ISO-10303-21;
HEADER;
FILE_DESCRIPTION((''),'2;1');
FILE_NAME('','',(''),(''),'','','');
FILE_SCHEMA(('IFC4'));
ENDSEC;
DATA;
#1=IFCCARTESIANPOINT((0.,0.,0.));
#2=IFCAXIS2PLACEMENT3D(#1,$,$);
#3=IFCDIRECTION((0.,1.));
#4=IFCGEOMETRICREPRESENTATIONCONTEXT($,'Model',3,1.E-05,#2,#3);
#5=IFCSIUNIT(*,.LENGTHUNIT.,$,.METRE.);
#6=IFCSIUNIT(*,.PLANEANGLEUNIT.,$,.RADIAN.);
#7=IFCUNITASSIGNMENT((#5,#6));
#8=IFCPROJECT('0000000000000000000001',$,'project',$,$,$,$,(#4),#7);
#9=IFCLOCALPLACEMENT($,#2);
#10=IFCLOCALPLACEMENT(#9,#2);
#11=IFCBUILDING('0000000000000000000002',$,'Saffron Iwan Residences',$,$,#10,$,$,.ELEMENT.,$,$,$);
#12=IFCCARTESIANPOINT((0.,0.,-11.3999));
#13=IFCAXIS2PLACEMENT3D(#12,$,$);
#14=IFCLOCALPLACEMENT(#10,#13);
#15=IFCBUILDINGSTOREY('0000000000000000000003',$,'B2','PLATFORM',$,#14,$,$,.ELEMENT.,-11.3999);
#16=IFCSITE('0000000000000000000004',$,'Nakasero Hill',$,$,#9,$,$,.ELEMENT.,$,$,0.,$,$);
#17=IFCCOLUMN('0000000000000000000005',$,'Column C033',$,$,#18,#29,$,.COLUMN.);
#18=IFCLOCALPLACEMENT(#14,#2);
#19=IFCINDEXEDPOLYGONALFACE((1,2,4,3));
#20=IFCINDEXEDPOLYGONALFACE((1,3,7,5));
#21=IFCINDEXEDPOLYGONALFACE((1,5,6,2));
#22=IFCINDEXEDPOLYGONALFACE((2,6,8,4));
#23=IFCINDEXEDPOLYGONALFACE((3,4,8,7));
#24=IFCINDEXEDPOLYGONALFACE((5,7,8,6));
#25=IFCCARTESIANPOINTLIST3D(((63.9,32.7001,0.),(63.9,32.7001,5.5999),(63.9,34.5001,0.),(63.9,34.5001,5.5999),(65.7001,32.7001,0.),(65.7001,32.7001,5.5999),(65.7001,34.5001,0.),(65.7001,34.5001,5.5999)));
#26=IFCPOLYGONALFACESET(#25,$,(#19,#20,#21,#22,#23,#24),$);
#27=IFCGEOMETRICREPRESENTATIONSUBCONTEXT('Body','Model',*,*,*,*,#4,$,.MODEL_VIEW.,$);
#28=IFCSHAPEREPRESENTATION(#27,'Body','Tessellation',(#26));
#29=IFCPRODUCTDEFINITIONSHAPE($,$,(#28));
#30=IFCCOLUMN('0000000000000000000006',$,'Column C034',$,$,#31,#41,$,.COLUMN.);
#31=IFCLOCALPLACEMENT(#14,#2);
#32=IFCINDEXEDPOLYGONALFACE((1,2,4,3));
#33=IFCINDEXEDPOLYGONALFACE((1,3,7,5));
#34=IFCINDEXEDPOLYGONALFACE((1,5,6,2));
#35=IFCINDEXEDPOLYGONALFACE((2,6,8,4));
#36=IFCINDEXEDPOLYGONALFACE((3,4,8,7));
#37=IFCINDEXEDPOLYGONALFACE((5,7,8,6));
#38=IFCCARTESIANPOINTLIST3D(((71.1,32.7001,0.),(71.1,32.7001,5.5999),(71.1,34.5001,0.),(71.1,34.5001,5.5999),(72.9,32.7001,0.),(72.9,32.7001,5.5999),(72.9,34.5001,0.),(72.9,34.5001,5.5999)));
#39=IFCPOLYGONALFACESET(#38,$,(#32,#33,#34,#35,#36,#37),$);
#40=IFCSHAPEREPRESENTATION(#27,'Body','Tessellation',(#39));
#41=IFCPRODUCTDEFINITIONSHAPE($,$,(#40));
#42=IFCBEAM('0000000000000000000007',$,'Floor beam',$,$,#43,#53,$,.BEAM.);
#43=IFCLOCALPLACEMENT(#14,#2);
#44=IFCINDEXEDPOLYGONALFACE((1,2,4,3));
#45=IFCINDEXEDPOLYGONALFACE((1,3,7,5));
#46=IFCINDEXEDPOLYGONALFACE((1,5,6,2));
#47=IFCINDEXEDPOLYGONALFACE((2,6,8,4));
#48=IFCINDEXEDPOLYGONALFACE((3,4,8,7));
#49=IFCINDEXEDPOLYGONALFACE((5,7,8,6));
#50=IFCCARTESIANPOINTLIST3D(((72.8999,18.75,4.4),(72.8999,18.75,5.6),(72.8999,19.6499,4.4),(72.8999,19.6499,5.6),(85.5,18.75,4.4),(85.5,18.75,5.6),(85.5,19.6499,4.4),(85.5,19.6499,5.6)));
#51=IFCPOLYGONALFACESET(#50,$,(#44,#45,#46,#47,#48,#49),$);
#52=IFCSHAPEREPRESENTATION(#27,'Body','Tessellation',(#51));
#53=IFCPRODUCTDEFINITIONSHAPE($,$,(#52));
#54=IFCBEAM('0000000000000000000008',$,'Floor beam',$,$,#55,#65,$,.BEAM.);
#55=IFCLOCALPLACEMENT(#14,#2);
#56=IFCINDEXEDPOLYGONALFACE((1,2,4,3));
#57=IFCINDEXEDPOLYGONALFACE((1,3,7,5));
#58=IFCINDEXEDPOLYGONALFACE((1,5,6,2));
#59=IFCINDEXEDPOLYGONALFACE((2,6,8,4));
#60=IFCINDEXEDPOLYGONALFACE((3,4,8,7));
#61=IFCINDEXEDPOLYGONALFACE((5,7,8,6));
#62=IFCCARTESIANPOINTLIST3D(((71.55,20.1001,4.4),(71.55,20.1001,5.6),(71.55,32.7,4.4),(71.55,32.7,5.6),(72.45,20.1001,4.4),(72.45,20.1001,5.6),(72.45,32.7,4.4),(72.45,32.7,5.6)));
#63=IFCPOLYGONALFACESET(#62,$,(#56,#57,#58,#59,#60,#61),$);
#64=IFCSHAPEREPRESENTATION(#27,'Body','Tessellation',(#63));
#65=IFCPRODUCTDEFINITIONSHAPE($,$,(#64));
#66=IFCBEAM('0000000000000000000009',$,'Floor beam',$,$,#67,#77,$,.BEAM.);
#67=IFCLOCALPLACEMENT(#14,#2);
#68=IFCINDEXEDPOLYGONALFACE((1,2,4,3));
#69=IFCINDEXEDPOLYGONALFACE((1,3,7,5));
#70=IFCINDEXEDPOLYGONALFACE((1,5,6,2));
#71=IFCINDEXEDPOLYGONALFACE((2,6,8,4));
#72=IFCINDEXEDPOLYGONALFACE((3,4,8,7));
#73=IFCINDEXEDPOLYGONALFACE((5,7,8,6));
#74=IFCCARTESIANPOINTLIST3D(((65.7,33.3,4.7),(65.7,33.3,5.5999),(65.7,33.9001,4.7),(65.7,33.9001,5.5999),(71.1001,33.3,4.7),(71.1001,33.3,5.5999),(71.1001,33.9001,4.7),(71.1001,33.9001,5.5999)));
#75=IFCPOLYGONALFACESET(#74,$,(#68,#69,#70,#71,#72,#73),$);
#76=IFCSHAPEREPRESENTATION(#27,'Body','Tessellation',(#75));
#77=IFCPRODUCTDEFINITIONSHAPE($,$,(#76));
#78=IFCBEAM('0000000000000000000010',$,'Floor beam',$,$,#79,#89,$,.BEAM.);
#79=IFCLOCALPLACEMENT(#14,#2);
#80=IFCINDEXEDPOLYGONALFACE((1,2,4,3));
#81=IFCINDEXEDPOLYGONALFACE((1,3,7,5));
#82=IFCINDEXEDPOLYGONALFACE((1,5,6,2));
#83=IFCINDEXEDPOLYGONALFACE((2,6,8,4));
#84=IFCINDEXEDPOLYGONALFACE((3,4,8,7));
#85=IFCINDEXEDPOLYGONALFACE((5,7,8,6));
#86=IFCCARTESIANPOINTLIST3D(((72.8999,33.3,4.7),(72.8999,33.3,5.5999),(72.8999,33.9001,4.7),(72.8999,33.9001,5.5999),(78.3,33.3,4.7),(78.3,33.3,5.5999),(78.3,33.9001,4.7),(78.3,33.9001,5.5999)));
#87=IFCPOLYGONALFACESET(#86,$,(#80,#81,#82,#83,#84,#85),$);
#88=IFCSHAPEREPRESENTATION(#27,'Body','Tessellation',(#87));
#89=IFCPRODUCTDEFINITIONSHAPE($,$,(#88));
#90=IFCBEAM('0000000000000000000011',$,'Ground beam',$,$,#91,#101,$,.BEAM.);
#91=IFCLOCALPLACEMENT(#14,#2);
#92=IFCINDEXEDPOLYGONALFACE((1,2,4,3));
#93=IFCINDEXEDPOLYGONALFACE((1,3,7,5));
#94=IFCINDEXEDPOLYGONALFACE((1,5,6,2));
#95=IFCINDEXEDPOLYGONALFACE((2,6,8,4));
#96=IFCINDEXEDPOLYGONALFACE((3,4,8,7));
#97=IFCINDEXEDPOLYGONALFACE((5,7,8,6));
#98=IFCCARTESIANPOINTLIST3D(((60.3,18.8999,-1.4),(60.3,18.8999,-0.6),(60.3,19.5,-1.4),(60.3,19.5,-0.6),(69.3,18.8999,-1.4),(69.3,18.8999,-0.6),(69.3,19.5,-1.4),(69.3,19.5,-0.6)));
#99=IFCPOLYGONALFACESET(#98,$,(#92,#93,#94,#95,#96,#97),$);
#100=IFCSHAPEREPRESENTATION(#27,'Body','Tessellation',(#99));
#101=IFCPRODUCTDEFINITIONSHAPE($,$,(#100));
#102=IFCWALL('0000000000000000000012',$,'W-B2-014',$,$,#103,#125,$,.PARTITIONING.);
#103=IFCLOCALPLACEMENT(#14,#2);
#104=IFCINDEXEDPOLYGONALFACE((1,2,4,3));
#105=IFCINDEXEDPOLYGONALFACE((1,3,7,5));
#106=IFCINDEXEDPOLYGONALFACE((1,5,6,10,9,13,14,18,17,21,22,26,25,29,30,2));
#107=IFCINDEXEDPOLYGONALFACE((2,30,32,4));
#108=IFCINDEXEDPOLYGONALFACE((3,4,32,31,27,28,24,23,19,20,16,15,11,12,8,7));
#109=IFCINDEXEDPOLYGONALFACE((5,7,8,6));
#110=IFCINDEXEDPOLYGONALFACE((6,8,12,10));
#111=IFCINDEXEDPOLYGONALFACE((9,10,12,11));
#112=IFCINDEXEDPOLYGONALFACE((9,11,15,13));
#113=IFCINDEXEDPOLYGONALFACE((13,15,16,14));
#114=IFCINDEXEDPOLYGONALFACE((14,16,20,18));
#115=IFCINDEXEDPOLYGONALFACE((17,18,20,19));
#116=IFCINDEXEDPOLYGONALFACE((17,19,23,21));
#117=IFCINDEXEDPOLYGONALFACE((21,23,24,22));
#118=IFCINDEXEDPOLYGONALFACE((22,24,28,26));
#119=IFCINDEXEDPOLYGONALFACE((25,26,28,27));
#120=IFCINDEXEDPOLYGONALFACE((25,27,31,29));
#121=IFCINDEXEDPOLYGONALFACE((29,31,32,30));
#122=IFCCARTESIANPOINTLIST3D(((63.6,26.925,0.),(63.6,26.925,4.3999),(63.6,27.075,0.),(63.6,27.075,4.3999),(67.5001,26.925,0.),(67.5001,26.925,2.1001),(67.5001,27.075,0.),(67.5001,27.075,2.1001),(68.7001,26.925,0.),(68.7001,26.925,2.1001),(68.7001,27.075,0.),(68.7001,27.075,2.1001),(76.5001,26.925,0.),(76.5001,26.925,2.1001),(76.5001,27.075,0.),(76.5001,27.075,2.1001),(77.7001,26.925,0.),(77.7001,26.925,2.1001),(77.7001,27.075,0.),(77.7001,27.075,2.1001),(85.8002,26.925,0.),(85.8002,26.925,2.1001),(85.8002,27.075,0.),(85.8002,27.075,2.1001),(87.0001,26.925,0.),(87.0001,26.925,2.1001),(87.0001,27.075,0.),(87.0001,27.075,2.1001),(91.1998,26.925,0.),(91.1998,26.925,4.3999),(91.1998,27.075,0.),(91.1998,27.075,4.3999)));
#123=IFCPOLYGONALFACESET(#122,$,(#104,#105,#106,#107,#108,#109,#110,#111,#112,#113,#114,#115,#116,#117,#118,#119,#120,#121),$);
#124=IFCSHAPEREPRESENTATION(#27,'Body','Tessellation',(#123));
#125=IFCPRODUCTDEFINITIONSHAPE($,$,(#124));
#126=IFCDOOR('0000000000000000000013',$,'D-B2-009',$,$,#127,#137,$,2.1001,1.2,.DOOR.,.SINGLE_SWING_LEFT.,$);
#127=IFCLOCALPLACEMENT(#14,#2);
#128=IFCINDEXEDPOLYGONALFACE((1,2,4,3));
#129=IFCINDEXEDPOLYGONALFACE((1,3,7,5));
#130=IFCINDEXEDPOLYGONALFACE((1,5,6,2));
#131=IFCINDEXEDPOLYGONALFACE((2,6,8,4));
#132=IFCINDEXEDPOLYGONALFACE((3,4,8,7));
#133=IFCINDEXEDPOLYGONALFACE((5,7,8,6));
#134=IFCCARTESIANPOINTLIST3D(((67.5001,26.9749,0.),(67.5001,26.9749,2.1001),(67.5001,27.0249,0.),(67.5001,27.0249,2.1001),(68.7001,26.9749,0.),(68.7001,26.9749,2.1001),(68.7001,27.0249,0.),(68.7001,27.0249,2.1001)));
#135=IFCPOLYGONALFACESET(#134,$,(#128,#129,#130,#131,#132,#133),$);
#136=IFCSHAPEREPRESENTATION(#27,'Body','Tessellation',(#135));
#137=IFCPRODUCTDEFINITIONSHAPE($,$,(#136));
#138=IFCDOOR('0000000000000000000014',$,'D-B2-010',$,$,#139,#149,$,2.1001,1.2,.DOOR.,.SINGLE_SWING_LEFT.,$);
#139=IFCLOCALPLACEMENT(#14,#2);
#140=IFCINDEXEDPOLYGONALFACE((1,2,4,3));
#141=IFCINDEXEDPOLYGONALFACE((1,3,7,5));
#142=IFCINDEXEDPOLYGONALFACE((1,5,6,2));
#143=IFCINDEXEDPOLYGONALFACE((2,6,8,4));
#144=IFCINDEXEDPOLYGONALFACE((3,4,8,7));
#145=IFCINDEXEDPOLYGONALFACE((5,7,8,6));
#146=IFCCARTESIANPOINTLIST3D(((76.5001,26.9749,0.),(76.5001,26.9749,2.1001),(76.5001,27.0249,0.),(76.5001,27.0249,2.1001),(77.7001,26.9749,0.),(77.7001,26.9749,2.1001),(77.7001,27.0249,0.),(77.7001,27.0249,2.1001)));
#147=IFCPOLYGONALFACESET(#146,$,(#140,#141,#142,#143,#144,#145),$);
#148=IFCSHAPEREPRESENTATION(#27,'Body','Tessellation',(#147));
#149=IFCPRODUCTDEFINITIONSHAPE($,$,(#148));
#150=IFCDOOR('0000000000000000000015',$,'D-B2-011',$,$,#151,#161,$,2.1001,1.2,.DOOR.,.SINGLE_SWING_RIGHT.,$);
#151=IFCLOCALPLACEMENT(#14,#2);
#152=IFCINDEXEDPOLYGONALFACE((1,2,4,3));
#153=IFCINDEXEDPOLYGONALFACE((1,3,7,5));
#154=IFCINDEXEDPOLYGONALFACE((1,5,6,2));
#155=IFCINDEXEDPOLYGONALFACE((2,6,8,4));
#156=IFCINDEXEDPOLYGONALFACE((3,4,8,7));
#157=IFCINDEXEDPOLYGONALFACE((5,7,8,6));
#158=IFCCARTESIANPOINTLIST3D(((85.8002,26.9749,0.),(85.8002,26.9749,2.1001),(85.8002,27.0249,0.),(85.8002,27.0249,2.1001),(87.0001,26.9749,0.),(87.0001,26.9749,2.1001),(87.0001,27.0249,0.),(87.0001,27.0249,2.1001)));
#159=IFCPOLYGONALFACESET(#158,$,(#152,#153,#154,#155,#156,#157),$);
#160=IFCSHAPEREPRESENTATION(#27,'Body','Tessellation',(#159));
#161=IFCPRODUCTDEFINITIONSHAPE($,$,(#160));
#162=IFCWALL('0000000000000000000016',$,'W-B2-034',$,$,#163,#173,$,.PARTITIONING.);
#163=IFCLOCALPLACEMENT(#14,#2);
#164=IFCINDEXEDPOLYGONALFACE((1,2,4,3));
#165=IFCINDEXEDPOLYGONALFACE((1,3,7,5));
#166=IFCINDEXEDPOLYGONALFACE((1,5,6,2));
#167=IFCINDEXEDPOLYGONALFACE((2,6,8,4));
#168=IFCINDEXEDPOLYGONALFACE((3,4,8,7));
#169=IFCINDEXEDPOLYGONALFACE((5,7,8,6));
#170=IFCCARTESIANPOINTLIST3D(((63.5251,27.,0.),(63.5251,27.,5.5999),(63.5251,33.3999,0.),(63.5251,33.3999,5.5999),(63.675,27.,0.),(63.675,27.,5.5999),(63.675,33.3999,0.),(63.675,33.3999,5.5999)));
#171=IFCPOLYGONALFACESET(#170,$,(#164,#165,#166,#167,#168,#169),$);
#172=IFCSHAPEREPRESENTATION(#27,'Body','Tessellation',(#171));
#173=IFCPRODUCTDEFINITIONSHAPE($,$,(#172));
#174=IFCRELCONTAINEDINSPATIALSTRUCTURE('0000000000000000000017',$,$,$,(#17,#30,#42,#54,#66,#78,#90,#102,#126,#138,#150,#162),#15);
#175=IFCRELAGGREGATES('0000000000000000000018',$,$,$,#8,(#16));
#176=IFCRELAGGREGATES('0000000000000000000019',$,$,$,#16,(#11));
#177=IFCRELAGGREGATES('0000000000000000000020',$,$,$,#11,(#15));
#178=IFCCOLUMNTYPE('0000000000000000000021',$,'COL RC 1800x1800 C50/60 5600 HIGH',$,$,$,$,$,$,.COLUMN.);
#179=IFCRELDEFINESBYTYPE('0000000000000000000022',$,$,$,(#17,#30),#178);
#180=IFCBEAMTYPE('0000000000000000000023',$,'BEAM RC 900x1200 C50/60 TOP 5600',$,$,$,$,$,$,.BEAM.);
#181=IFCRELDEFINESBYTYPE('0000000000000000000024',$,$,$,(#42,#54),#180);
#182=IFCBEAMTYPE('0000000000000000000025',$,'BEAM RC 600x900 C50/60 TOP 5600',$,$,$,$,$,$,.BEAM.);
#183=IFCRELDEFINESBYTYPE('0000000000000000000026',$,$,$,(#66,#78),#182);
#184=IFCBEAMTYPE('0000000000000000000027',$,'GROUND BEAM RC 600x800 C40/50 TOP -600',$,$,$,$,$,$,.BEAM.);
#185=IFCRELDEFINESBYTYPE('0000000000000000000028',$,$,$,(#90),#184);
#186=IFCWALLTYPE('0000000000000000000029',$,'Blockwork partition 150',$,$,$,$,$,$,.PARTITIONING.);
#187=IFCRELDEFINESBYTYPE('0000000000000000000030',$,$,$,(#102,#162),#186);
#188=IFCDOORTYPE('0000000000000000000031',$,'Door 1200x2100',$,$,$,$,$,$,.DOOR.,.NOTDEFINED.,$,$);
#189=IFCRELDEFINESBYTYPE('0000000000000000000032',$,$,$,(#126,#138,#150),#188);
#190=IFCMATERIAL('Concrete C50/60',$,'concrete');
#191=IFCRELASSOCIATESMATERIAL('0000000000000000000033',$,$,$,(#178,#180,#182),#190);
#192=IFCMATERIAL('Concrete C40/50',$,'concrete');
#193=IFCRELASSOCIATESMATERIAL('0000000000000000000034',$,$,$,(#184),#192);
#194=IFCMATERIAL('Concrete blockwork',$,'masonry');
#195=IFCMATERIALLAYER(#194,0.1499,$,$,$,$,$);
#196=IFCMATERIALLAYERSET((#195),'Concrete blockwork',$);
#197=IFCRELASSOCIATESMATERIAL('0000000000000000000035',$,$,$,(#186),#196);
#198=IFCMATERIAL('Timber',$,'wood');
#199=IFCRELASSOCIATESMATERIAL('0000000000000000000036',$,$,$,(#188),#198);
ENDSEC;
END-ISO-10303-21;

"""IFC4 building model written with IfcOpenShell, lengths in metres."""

from ifc_helpers import new_model, si_unit, direction, frame, frame_2d, origin, origin_2d, place, context, subcontext, project, spatial, rectangle, extrude, source, transform, mapped, material, layer, layer_set, material_profile, profile_set, type_object, element, fill, save


model = new_model("IFC4")

# Units and contexts
model_context = context("Model", 3, precision=1e-05, world=origin(), true_north=direction((0.0, 1.0)))
body_context = subcontext(model_context, "Body", "Model", "MODEL_VIEW")
ifc_project = project(units=[si_unit("LENGTHUNIT", "METRE"), si_unit("PLANEANGLEUNIT", "RADIAN")], contexts=[model_context])

# Site, building, storey
site_placement = place(None, origin())
site = spatial("IfcSite", under=ifc_project, at=site_placement, Name="Nakasero Hill", CompositionType="ELEMENT", RefElevation=0.0)
building_placement = place(site_placement, origin())
building = spatial("IfcBuilding", under=site, at=building_placement, Name="Saffron Iwan Residences", CompositionType="ELEMENT")
storey_placement = place(building_placement, frame((0.0, 0.0, -11.3999)))
storey = spatial("IfcBuildingStorey", under=building, at=storey_placement, Name="B2", Description="PLATFORM", CompositionType="ELEMENT", Elevation=-11.3999)

# Shared definitions
ifc_material_1 = material(Name="Concrete C40/50", Category="concrete")

# Columns
ifc_material_2 = material(Name="Concrete C50/60", Category="concrete")
ifc_material_profile_1 = material_profile(ifc_material_2, rectangle(XDim=1.8, YDim=1.8, at=origin_2d()), Name="RC 1800x1800")
ifc_profile_set_1 = profile_set([ifc_material_profile_1], Name="Concrete C50/60")
column_type = type_object("IfcColumnType", Name="COL RC 1800x1800 C50/60 5600 HIGH", PredefinedType="COLUMN", material=ifc_profile_set_1)
shared_shape_1 = source(origin(), body_context, "Body", "SweptSolid", [
    extrude(rectangle(XDim=1.8, YDim=1.8, at=origin_2d()), origin(), (0.0, 0.0, 1.0), 5.5999),
])
for number, where, z_axis, x_axis, name in (
    (1, (64.8, 33.6001, 0.0), (0.0, 0.0, 1.0), (1.0, 0.0, 0.0), "Column C033"),
    (2, (72.0, 33.6001, 0.0), (0.0, 0.0, 1.0), (1.0, 0.0, 0.0), "Column C034"),
):
    element("IfcColumn", number, at=place(storey_placement, frame(where, z_axis=z_axis, x_axis=x_axis)), inside=storey, type_object=column_type, Name=name, PredefinedType="COLUMN", context=body_context, shape_type="MappedRepresentation", body=[
        mapped(shared_shape_1, transform((0.0, 0.0, 0.0))),
    ])

# Beams
ifc_material_profile_2 = material_profile(ifc_material_2, rectangle(XDim=0.8999, YDim=1.2, at=origin_2d()), Name="RC 900x1200")
ifc_profile_set_2 = profile_set([ifc_material_profile_2], Name="Concrete C50/60")
beam_type_1 = type_object("IfcBeamType", Name="BEAM RC 900x1200 C50/60 TOP 5600", PredefinedType="BEAM", material=ifc_profile_set_2)
shared_shape_2 = source(origin(), body_context, "Body", "SweptSolid", [
    extrude(rectangle(XDim=0.8999, YDim=1.2, at=origin_2d()), origin(), (0.0, 0.0, 1.0), 12.6001),
])
beam_1_placement = place(storey_placement, frame((72.8999, 19.2, 5.0), z_axis=(1.0, 0.0, 0.0), x_axis=(0.0, 1.0, 0.0)))
element("IfcBeam", 3, at=beam_1_placement, inside=storey, type_object=beam_type_1, Name="Floor beam", PredefinedType="BEAM", context=body_context, shape_type="MappedRepresentation", body=[
    mapped(shared_shape_2, transform((0.0, 0.0, 0.0))),
])
shared_shape_3 = source(origin(), body_context, "Body", "SweptSolid", [
    extrude(rectangle(XDim=0.8999, YDim=1.2, at=origin_2d()), origin(), (0.0, 0.0, 1.0), 12.5999),
])
beam_2_placement = place(storey_placement, frame((72.0, 20.1001, 5.0), z_axis=(0.0, 1.0, 0.0), x_axis=(-1.0, 0.0, 0.0)))
element("IfcBeam", 4, at=beam_2_placement, inside=storey, type_object=beam_type_1, Name="Floor beam", PredefinedType="BEAM", context=body_context, shape_type="MappedRepresentation", body=[
    mapped(shared_shape_3, transform((0.0, 0.0, 0.0))),
])
ifc_material_profile_3 = material_profile(ifc_material_2, rectangle(XDim=0.6001, YDim=0.8999, at=origin_2d()), Name="RC 600x900")
ifc_profile_set_3 = profile_set([ifc_material_profile_3], Name="Concrete C50/60")
beam_type_2 = type_object("IfcBeamType", Name="BEAM RC 600x900 C50/60 TOP 5600", PredefinedType="BEAM", material=ifc_profile_set_3)
shared_shape_4 = source(origin(), body_context, "Body", "SweptSolid", [
    extrude(rectangle(XDim=0.6001, YDim=0.8999, at=origin_2d()), origin(), (0.0, 0.0, 1.0), 5.4001),
])
for number, where, z_axis, x_axis, name in (
    (5, (65.7, 33.6001, 5.1499), (1.0, 0.0, 0.0), (0.0, 1.0, 0.0), "Floor beam"),
    (6, (72.8999, 33.6001, 5.1499), (1.0, 0.0, 0.0), (0.0, 1.0, 0.0), "Floor beam"),
):
    element("IfcBeam", number, at=place(storey_placement, frame(where, z_axis=z_axis, x_axis=x_axis)), inside=storey, type_object=beam_type_2, Name=name, PredefinedType="BEAM", context=body_context, shape_type="MappedRepresentation", body=[
        mapped(shared_shape_4, transform((0.0, 0.0, 0.0))),
    ])
ifc_material_profile_4 = material_profile(ifc_material_1, rectangle(XDim=0.6001, YDim=0.8, at=origin_2d()), Name="RC 600x800")
ifc_profile_set_4 = profile_set([ifc_material_profile_4], Name="Concrete C40/50")
beam_type_3 = type_object("IfcBeamType", Name="GROUND BEAM RC 600x800 C40/50 TOP -600", PredefinedType="BEAM", material=ifc_profile_set_4)
shared_shape_5 = source(origin(), body_context, "Body", "SweptSolid", [
    extrude(rectangle(XDim=0.6001, YDim=0.8, at=origin_2d()), origin(), (0.0, 0.0, 1.0), 9.0),
])
beam_3_placement = place(storey_placement, frame((60.3, 19.2, -1.0), z_axis=(1.0, 0.0, 0.0), x_axis=(0.0, 1.0, 0.0)))
element("IfcBeam", 7, at=beam_3_placement, inside=storey, type_object=beam_type_3, Name="Ground beam", PredefinedType="BEAM", context=body_context, shape_type="MappedRepresentation", body=[
    mapped(shared_shape_5, transform((0.0, 0.0, 0.0))),
])

# Wall, openings, doors
ifc_material_3 = material(Name="Concrete blockwork", Category="masonry")
ifc_layer_1 = layer(ifc_material_3, 0.1499)
ifc_layer_set_1 = layer_set([ifc_layer_1], Name="Concrete blockwork")
wall_type_1 = type_object("IfcWallType", Name="Blockwork partition 150", PredefinedType="PARTITIONING", material=ifc_layer_set_1)
wall_1_placement = place(storey_placement, frame((63.6001, 27.0, 0.0), z_axis=(0.0, 0.0, 1.0), x_axis=(1.0, 0.0, 0.0)))
wall_1 = element("IfcWall", 8, at=wall_1_placement, inside=storey, type_object=wall_type_1, Name="W-B2-014", PredefinedType="PARTITIONING", context=body_context, shape_type="SweptSolid", body=[
    extrude(rectangle(XDim=27.5999, YDim=0.1499, at=frame_2d((13.7998, 0.0))), origin(), (0.0, 0.0, 1.0), 4.3999),
])
opening_1_placement = place(wall_1_placement, frame((3.8999, 0.0, 0.0)))
opening_1 = element("IfcOpeningElement", 9, at=opening_1_placement, cuts=wall_1, PredefinedType="OPENING", context=body_context, shape_type="SweptSolid", body=[
    extrude(rectangle(XDim=1.2, YDim=2.1001, at=frame_2d((0.6001, 1.05))), frame((0.0, 0.085, 0.0), z_axis=(0.0, -1.0, 0.0), x_axis=(1.0, 0.0, 0.0)), (0.0, 0.0, 1.0), 0.1699),
])
opening_2_placement = place(wall_1_placement, frame((12.8999, 0.0, 0.0)))
opening_2 = element("IfcOpeningElement", 10, at=opening_2_placement, cuts=wall_1, PredefinedType="OPENING", context=body_context, shape_type="SweptSolid", body=[
    extrude(rectangle(XDim=1.2, YDim=2.1001, at=frame_2d((0.6001, 1.05))), frame((0.0, 0.085, 0.0), z_axis=(0.0, -1.0, 0.0), x_axis=(1.0, 0.0, 0.0)), (0.0, 0.0, 1.0), 0.1699),
])
opening_3_placement = place(wall_1_placement, frame((22.2, 0.0, 0.0)))
opening_3 = element("IfcOpeningElement", 11, at=opening_3_placement, cuts=wall_1, PredefinedType="OPENING", context=body_context, shape_type="SweptSolid", body=[
    extrude(rectangle(XDim=1.2, YDim=2.1001, at=frame_2d((0.6001, 1.05))), frame((0.0, 0.085, 0.0), z_axis=(0.0, -1.0, 0.0), x_axis=(1.0, 0.0, 0.0)), (0.0, 0.0, 1.0), 0.1699),
])
ifc_material_4 = material(Name="Timber", Category="wood")
door_type_1 = type_object("IfcDoorType", Name="Door 1200x2100", OperationType="NOTDEFINED", PredefinedType="DOOR", material=ifc_material_4)
door_1_placement = place(opening_1_placement, origin())
door_1 = element("IfcDoor", 12, at=door_1_placement, inside=storey, type_object=door_type_1, Name="D-B2-009", OperationType="SINGLE_SWING_LEFT", OverallHeight=2.1001, OverallWidth=1.2, PredefinedType="DOOR", context=body_context, shape_type="SweptSolid", body=[
    extrude(rectangle(XDim=1.2, YDim=2.1001, at=frame_2d((0.6001, 1.05))), frame((0.0, 0.0249, 0.0), z_axis=(0.0, -1.0, 0.0), x_axis=(1.0, 0.0, 0.0)), (0.0, 0.0, 1.0), 0.05),
])
fill(opening_1, door_1)
door_2_placement = place(opening_2_placement, origin())
door_2 = element("IfcDoor", 13, at=door_2_placement, inside=storey, type_object=door_type_1, Name="D-B2-010", OperationType="SINGLE_SWING_LEFT", OverallHeight=2.1001, OverallWidth=1.2, PredefinedType="DOOR", context=body_context, shape_type="SweptSolid", body=[
    extrude(rectangle(XDim=1.2, YDim=2.1001, at=frame_2d((0.6001, 1.05))), frame((0.0, 0.0249, 0.0), z_axis=(0.0, -1.0, 0.0), x_axis=(1.0, 0.0, 0.0)), (0.0, 0.0, 1.0), 0.05),
])
fill(opening_2, door_2)
door_3_placement = place(opening_3_placement, origin())
door_3 = element("IfcDoor", 14, at=door_3_placement, inside=storey, type_object=door_type_1, Name="D-B2-011", OperationType="SINGLE_SWING_RIGHT", OverallHeight=2.1001, OverallWidth=1.2, PredefinedType="DOOR", context=body_context, shape_type="SweptSolid", body=[
    extrude(rectangle(XDim=1.2, YDim=2.1001, at=frame_2d((0.6001, 1.05))), frame((0.0, 0.0249, 0.0), z_axis=(0.0, -1.0, 0.0), x_axis=(1.0, 0.0, 0.0)), (0.0, 0.0, 1.0), 0.05),
])
fill(opening_3, door_3)

# Wall
wall_2_placement = place(storey_placement, frame((63.6001, 27.0, 0.0), z_axis=(0.0, 0.0, 1.0), x_axis=(0.0, 1.0, 0.0)))
element("IfcWall", 15, at=wall_2_placement, inside=storey, type_object=wall_type_1, Name="W-B2-034", PredefinedType="PARTITIONING", context=body_context, shape_type="SweptSolid", body=[
    extrude(rectangle(XDim=6.3999, YDim=0.1499, at=frame_2d((3.2, 0.0))), origin(), (0.0, 0.0, 1.0), 5.5999),
])

save(model, "model.ifc")
